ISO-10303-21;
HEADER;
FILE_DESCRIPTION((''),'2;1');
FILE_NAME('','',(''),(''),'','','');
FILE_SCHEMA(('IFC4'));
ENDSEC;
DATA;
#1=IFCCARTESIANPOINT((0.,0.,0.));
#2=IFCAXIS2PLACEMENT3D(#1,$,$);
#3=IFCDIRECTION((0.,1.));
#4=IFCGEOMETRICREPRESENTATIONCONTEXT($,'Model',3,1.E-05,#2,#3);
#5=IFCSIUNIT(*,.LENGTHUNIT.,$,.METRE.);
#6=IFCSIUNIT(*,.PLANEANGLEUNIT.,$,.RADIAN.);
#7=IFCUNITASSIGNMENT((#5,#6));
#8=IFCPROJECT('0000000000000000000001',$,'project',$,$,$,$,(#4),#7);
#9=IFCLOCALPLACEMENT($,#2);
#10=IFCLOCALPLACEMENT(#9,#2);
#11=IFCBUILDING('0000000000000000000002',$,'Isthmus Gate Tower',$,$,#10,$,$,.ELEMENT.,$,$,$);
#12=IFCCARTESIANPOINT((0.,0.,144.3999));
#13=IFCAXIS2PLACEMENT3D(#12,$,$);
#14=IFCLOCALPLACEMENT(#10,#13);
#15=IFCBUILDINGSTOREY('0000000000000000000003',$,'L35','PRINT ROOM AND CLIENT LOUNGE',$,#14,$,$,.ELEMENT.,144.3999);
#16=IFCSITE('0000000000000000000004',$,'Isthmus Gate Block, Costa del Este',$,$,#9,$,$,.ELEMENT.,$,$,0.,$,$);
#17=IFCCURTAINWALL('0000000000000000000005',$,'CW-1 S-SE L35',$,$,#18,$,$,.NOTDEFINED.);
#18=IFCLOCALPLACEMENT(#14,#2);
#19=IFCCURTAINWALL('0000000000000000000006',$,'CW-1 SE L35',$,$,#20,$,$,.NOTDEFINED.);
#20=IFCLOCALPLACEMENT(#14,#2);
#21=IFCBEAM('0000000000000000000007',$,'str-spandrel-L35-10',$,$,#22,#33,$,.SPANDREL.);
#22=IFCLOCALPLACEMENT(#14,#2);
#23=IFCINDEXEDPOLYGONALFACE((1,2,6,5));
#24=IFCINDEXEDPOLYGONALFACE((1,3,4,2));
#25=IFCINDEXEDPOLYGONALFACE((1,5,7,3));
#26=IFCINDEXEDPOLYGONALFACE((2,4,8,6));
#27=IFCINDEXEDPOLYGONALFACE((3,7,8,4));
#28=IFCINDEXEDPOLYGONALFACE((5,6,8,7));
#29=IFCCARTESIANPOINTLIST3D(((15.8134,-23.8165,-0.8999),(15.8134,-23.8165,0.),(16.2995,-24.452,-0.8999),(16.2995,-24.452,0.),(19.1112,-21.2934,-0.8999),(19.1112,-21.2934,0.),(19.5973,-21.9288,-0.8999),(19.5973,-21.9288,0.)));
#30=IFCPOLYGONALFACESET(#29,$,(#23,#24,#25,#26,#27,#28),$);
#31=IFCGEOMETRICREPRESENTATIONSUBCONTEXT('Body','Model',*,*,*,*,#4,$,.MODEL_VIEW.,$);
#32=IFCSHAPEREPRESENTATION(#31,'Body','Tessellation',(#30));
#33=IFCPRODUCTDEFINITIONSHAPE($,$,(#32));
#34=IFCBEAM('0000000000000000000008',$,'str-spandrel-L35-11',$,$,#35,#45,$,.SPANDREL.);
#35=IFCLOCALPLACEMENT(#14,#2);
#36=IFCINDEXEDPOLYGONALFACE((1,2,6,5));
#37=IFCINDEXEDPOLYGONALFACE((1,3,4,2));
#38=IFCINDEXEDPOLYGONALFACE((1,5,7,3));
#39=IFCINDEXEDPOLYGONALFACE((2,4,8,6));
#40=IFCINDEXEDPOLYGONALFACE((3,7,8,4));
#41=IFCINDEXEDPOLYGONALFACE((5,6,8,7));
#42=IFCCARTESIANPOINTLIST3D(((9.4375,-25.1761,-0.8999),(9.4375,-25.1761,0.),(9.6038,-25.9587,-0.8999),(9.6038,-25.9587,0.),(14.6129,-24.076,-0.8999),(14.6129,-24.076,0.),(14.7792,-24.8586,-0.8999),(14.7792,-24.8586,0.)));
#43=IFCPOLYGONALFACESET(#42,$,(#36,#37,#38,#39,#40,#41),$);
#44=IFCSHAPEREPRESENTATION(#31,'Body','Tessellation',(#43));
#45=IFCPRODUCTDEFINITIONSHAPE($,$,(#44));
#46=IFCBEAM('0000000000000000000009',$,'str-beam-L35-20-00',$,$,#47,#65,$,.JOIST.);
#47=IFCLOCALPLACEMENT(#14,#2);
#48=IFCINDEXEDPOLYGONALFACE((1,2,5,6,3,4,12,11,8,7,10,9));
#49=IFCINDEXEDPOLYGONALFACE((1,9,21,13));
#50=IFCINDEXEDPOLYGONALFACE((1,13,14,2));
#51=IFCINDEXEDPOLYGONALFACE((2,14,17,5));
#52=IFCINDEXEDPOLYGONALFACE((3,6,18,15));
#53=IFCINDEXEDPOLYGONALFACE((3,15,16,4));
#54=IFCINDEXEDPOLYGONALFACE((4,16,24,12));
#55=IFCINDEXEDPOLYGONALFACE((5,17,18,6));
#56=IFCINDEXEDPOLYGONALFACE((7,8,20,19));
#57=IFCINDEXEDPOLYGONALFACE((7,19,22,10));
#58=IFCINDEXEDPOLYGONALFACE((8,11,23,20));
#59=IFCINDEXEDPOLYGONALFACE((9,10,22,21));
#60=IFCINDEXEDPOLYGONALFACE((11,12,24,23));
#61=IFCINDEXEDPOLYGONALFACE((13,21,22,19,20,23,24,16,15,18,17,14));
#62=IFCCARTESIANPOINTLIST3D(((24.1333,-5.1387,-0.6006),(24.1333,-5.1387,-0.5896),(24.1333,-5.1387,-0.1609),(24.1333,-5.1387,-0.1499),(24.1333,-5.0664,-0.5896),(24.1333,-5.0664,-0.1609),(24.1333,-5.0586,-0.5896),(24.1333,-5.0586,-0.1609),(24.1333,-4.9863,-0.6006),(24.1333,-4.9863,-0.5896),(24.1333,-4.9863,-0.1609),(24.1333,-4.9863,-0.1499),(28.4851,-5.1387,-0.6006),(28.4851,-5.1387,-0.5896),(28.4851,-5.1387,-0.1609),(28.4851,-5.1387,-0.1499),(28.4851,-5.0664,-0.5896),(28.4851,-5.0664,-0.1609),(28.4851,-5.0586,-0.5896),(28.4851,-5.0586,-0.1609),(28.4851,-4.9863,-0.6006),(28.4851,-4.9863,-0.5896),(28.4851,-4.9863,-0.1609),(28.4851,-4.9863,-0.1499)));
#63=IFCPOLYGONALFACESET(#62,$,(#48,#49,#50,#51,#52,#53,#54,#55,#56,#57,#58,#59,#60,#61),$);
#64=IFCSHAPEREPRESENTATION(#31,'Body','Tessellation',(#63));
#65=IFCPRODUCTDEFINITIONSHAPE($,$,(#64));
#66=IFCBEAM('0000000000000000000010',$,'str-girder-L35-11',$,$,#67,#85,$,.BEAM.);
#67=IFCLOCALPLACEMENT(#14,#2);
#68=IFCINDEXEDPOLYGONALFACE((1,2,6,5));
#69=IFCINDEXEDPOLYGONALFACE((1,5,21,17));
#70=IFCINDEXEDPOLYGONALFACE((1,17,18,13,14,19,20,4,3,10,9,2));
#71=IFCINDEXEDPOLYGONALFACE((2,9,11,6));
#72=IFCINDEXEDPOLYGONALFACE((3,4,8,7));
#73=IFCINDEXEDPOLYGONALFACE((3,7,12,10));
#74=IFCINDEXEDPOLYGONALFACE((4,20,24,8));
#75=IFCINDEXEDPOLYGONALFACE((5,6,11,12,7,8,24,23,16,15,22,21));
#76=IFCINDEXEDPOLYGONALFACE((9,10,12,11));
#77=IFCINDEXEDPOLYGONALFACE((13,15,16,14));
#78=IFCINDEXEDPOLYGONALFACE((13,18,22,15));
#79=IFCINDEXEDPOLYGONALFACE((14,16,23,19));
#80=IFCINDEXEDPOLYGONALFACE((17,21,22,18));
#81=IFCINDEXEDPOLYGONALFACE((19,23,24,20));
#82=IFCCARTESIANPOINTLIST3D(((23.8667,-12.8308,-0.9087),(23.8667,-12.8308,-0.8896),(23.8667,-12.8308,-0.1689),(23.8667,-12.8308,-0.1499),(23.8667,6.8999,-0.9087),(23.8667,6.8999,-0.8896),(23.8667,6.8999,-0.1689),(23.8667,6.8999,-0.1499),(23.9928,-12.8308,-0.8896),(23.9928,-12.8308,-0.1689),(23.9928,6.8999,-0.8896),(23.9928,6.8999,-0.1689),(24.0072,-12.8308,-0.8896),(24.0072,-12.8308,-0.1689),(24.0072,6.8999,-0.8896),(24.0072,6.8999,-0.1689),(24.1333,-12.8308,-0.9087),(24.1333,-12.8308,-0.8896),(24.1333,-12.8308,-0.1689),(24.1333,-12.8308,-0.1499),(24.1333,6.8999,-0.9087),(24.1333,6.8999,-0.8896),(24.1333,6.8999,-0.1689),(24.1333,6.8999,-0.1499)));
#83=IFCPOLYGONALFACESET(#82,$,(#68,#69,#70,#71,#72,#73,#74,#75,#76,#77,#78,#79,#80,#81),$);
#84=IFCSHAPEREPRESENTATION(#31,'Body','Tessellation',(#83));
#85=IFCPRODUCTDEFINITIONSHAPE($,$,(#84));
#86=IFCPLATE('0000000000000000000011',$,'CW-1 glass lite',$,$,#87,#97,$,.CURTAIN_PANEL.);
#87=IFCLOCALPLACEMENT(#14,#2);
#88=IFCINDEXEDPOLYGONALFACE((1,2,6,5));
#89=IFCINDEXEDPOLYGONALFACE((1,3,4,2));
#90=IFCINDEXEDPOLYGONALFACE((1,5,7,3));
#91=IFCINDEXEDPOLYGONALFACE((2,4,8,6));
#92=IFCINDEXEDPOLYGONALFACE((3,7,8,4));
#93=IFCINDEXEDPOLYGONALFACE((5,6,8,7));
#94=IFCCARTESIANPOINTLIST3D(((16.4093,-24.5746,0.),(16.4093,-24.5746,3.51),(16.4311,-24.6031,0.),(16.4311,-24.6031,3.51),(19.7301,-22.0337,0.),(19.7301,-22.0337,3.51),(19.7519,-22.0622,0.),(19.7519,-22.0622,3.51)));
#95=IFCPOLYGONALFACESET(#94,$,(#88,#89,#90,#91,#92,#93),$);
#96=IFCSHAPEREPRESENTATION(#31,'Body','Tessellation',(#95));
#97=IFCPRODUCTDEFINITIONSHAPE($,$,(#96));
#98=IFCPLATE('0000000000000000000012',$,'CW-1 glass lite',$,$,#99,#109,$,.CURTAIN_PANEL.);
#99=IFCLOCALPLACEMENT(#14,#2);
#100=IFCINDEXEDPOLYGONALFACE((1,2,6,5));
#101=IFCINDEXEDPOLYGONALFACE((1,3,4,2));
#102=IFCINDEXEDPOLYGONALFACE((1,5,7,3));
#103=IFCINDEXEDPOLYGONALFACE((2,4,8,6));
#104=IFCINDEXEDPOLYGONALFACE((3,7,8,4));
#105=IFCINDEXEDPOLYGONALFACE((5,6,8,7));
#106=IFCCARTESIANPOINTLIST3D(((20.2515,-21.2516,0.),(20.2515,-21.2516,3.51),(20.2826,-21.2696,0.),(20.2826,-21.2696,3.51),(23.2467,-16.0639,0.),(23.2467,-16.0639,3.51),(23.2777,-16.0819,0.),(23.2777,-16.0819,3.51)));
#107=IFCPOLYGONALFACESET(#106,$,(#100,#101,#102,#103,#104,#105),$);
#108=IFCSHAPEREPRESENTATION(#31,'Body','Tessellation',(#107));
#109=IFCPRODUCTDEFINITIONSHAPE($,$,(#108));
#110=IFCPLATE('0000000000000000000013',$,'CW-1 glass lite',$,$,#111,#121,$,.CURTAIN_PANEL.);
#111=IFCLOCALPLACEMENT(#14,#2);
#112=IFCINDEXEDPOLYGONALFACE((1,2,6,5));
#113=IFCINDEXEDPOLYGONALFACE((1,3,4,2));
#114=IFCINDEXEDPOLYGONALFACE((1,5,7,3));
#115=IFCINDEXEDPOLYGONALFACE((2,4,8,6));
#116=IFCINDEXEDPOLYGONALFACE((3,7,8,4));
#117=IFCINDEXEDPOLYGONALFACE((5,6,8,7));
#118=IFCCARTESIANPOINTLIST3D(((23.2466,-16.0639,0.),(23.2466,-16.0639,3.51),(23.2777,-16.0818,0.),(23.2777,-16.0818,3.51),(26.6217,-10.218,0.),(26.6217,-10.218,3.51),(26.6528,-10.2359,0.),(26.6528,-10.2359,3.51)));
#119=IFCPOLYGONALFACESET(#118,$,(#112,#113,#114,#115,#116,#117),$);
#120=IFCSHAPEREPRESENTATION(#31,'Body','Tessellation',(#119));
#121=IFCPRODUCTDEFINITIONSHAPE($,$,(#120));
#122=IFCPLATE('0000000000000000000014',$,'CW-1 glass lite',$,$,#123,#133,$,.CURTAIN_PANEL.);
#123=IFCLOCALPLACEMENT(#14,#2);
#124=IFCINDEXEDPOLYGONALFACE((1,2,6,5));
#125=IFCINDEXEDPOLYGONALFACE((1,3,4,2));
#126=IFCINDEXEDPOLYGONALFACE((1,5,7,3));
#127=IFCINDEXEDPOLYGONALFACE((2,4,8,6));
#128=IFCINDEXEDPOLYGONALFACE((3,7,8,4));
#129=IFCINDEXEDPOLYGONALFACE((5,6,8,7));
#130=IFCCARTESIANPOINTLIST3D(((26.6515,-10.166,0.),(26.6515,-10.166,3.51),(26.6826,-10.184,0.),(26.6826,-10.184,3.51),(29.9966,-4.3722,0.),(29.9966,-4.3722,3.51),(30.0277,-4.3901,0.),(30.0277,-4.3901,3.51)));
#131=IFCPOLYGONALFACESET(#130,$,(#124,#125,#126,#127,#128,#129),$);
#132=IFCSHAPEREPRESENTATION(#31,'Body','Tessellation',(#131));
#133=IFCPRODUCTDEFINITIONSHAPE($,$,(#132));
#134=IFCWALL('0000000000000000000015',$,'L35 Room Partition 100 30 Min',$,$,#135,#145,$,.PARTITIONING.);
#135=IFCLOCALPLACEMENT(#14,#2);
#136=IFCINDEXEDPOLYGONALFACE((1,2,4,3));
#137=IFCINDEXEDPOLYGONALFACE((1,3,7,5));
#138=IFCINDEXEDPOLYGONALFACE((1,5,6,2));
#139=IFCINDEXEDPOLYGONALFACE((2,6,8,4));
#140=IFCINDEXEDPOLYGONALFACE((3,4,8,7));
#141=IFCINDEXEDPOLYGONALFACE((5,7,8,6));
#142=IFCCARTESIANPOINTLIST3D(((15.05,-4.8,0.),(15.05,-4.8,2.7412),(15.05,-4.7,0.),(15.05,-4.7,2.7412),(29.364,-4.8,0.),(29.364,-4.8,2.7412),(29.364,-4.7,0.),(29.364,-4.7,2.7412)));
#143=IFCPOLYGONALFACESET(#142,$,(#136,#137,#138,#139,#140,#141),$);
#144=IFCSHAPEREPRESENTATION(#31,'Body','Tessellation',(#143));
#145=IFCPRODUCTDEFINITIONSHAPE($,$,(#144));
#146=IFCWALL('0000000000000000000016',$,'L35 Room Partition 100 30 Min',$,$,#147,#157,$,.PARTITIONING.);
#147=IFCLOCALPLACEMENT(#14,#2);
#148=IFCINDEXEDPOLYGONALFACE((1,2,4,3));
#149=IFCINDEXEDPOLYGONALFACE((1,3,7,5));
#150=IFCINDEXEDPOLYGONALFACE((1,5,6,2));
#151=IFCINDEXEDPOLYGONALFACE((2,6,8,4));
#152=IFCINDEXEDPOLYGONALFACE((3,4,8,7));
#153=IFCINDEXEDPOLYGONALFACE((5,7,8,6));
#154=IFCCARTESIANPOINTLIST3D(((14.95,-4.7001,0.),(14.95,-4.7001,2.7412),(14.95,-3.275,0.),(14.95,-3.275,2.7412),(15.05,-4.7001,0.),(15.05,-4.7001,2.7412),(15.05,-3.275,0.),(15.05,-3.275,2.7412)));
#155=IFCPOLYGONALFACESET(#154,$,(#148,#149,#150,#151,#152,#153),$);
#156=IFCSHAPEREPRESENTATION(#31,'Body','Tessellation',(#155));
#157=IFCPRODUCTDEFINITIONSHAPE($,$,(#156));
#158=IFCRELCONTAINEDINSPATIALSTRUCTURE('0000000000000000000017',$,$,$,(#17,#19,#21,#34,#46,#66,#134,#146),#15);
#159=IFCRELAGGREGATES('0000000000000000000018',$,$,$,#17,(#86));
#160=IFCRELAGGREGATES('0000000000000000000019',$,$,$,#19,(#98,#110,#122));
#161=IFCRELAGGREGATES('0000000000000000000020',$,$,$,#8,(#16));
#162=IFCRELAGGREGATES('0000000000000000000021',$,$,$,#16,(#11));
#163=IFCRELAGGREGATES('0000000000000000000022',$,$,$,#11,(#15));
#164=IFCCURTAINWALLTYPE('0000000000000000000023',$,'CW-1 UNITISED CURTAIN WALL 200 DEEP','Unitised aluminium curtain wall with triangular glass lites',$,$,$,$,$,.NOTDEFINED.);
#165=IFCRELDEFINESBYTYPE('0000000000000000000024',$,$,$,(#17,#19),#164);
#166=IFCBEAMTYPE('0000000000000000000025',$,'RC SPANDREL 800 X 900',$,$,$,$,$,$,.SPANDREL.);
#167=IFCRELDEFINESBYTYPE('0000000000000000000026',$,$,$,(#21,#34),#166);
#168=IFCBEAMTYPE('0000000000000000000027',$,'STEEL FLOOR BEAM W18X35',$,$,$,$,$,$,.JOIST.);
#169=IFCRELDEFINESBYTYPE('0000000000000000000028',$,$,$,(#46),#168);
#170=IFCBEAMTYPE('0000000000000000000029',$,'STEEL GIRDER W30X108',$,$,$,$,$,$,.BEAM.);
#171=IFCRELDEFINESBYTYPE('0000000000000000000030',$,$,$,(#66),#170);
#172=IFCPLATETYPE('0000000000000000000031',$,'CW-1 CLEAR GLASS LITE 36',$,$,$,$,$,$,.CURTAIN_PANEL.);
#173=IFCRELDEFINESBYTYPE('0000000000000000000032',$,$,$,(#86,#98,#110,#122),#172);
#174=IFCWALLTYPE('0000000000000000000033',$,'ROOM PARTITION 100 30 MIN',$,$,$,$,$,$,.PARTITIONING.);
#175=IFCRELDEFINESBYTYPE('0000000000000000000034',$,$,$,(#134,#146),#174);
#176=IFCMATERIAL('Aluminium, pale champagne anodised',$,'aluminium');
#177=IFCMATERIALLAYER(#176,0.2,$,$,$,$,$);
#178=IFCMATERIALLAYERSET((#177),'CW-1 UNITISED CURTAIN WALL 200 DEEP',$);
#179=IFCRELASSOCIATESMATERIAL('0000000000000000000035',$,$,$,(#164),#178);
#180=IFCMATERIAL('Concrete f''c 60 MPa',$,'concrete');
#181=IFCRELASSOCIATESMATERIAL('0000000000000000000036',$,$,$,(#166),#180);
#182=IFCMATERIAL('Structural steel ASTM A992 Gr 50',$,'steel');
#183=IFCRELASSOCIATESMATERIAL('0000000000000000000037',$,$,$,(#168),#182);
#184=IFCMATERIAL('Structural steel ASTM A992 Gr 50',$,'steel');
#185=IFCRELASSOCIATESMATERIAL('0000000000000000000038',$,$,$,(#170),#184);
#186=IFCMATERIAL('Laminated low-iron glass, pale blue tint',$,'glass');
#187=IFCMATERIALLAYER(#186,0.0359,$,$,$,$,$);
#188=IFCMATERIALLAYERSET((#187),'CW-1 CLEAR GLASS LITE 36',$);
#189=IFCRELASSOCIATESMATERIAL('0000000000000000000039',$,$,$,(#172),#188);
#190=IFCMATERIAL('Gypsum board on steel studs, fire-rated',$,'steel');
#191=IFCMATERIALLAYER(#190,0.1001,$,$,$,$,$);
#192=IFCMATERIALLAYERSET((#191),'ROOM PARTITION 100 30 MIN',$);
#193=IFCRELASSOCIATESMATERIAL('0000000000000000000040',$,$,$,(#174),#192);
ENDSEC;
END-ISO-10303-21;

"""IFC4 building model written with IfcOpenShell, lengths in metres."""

from ifc_helpers import new_model, si_unit, direction, frame, frame_2d, origin, origin_2d, place, context, subcontext, project, spatial, rectangle, i_section, extrude, material, layer, layer_set, material_profile, profile_set, type_object, element, aggregate, save


model = new_model("IFC4")

# Units and contexts
model_context = context("Model", 3, precision=1e-05, world=origin(), true_north=direction((0.0, 1.0)))
body_context = subcontext(model_context, "Body", "Model", "MODEL_VIEW")
ifc_project = project(units=[si_unit("LENGTHUNIT", "METRE"), si_unit("PLANEANGLEUNIT", "RADIAN")], contexts=[model_context])

# Site, building, storey
site_placement = place(None, origin())
site = spatial("IfcSite", under=ifc_project, at=site_placement, Name="Isthmus Gate Block, Costa del Este", CompositionType="ELEMENT", RefElevation=0.0)
building_placement = place(site_placement, origin())
building = spatial("IfcBuilding", under=site, at=building_placement, Name="Isthmus Gate Tower", CompositionType="ELEMENT")
storey_placement = place(building_placement, frame((0.0, 0.0, 144.3999)))
storey = spatial("IfcBuildingStorey", under=building, at=storey_placement, Name="L35", Description="PRINT ROOM AND CLIENT LOUNGE", CompositionType="ELEMENT", Elevation=144.3999)

# Curtain wall
ifc_material_1 = material(Name="Aluminium, pale champagne anodised", Category="aluminium")
ifc_layer_1 = layer(ifc_material_1, 0.2)
ifc_layer_set_1 = layer_set([ifc_layer_1], Name="CW-1 UNITISED CURTAIN WALL 200 DEEP")
curtain_wall_type = type_object("IfcCurtainWallType", Name="CW-1 UNITISED CURTAIN WALL 200 DEEP", Description="Unitised aluminium curtain wall with triangular glass lites", PredefinedType="NOTDEFINED", material=ifc_layer_set_1)
curtain_wall_1_placement = place(storey_placement, origin())
curtain_wall_1 = element("IfcCurtainWall", 1, at=curtain_wall_1_placement, inside=storey, type_object=curtain_wall_type, Name="CW-1 S-SE L35", PredefinedType="NOTDEFINED")

# Curtain wall
curtain_wall_2_placement = place(storey_placement, origin())
curtain_wall_2 = element("IfcCurtainWall", 2, at=curtain_wall_2_placement, inside=storey, type_object=curtain_wall_type, Name="CW-1 SE L35", PredefinedType="NOTDEFINED")

# Beams
ifc_material_2 = material(Name="Concrete f'c 60 MPa", Category="concrete")
ifc_material_profile_1 = material_profile(ifc_material_2, rectangle(XDim=0.8, YDim=0.8999, at=origin_2d()), Name="RC 800X900")
ifc_profile_set_1 = profile_set([ifc_material_profile_1], Name="Concrete f'c 60 MPa")
beam_type_1 = type_object("IfcBeamType", Name="RC SPANDREL 800 X 900", PredefinedType="SPANDREL", material=ifc_profile_set_1)
beam_1_placement = place(storey_placement, frame((19.3542, -21.6111, -0.45), z_axis=(-0.794206, -0.607649, 0.0), x_axis=(0.607649, -0.794206, 0.0)))
element("IfcBeam", 3, at=beam_1_placement, inside=storey, type_object=beam_type_1, Name="str-spandrel-L35-10", PredefinedType="SPANDREL", context=body_context, shape_type="SweptSolid", body=[
    extrude(rectangle(XDim=0.8, YDim=0.8999, at=origin_2d()), origin(), (0.0, 0.0, 1.0), 4.1523),
])
beam_2_placement = place(storey_placement, frame((14.696, -24.4673, -0.45), z_axis=(-0.978145, -0.207922, 0.0), x_axis=(0.207922, -0.978145, 0.0)))
element("IfcBeam", 4, at=beam_2_placement, inside=storey, type_object=beam_type_1, Name="str-spandrel-L35-11", PredefinedType="SPANDREL", context=body_context, shape_type="SweptSolid", body=[
    extrude(rectangle(XDim=0.8, YDim=0.8999, at=origin_2d()), origin(), (0.0, 0.0, 1.0), 5.291),
])
ifc_material_3 = material(Name="Structural steel ASTM A992 Gr 50", Category="steel")
ifc_material_profile_2 = material_profile(ifc_material_3, i_section(OverallWidth=0.1523, OverallDepth=0.4507, WebThickness=0.0078, FlangeThickness=0.011, at=origin_2d()), Name="W18X35")
ifc_profile_set_2 = profile_set([ifc_material_profile_2], Name="Structural steel ASTM A992 Gr 50")
beam_type_2 = type_object("IfcBeamType", Name="STEEL FLOOR BEAM W18X35", PredefinedType="JOIST", material=ifc_profile_set_2)
beam_3_placement = place(storey_placement, frame((24.1333, -5.0625, -0.3752), z_axis=(1.0, 0.0, 0.0), x_axis=(0.0, 1.0, 0.0)))
element("IfcBeam", 5, at=beam_3_placement, inside=storey, type_object=beam_type_2, Name="str-beam-L35-20-00", PredefinedType="JOIST", context=body_context, shape_type="SweptSolid", body=[
    extrude(i_section(OverallWidth=0.1523, OverallDepth=0.4507, WebThickness=0.0078, FlangeThickness=0.011, at=origin_2d()), origin(), (0.0, 0.0, 1.0), 4.3518),
])
ifc_material_4 = material(Name="Structural steel ASTM A992 Gr 50", Category="steel")
ifc_material_profile_3 = material_profile(ifc_material_4, i_section(OverallWidth=0.2666, OverallDepth=0.7588, WebThickness=0.0144, FlangeThickness=0.019, at=origin_2d()), Name="W30X108")
ifc_profile_set_3 = profile_set([ifc_material_profile_3], Name="Structural steel ASTM A992 Gr 50")
beam_type_3 = type_object("IfcBeamType", Name="STEEL GIRDER W30X108", PredefinedType="BEAM", material=ifc_profile_set_3)
beam_4_placement = place(storey_placement, frame((24.0, -12.8308, -0.5293), z_axis=(0.0, 1.0, 0.0), x_axis=(-1.0, 0.0, 0.0)))
element("IfcBeam", 6, at=beam_4_placement, inside=storey, type_object=beam_type_3, Name="str-girder-L35-11", PredefinedType="BEAM", context=body_context, shape_type="SweptSolid", body=[
    extrude(i_section(OverallWidth=0.2666, OverallDepth=0.7588, WebThickness=0.0144, FlangeThickness=0.019, at=origin_2d()), origin(), (0.0, 0.0, 1.0), 19.7307),
])

# Plates
ifc_material_5 = material(Name="Laminated low-iron glass, pale blue tint", Category="glass")
ifc_layer_2 = layer(ifc_material_5, 0.0359)
ifc_layer_set_2 = layer_set([ifc_layer_2], Name="CW-1 CLEAR GLASS LITE 36")
plate_type = type_object("IfcPlateType", Name="CW-1 CLEAR GLASS LITE 36", PredefinedType="CURTAIN_PANEL", material=ifc_layer_set_2)
plate_1_placement = place(storey_placement, frame((18.0806, -23.3184, 0.0), z_axis=(0.0, 0.0, 1.0), x_axis=(0.794189, 0.607671, 0.0)))
plate_1 = element("IfcPlate", 7, at=plate_1_placement, type_object=plate_type, Name="CW-1 glass lite", PredefinedType="CURTAIN_PANEL", context=body_context, shape_type="SweptSolid", body=[
    extrude(rectangle(XDim=4.1814, YDim=0.0359, at=origin_2d()), origin(), (0.0, 0.0, 1.0), 3.51),
])
aggregate(curtain_wall_1, [plate_1])
plate_2_placement = place(storey_placement, frame((21.7646, -18.6667, 0.0), z_axis=(0.0, 0.0, 1.0), x_axis=(0.5, 0.866025, 0.0)))
plate_2 = element("IfcPlate", 8, at=plate_2_placement, type_object=plate_type, Name="CW-1 glass lite", PredefinedType="CURTAIN_PANEL", context=body_context, shape_type="SweptSolid", body=[
    extrude(rectangle(XDim=5.9902, YDim=0.0359, at=origin_2d()), origin(), (0.0, 0.0, 1.0), 3.51),
])
plate_3_placement = place(storey_placement, frame((24.9497, -13.1499, 0.0), z_axis=(0.0, 0.0, 1.0), x_axis=(0.5, 0.866025, 0.0)))
plate_3 = element("IfcPlate", 9, at=plate_3_placement, type_object=plate_type, Name="CW-1 glass lite", PredefinedType="CURTAIN_PANEL", context=body_context, shape_type="SweptSolid", body=[
    extrude(rectangle(XDim=6.7502, YDim=0.0359, at=origin_2d()), origin(), (0.0, 0.0, 1.0), 3.51),
])
plate_4_placement = place(storey_placement, frame((28.3396, -7.2781, 0.0), z_axis=(0.0, 0.0, 1.0), x_axis=(0.5, 0.866025, 0.0)))
plate_4 = element("IfcPlate", 10, at=plate_4_placement, type_object=plate_type, Name="CW-1 glass lite", PredefinedType="CURTAIN_PANEL", context=body_context, shape_type="SweptSolid", body=[
    extrude(rectangle(XDim=6.6902, YDim=0.0359, at=origin_2d()), origin(), (0.0, 0.0, 1.0), 3.51),
])
aggregate(curtain_wall_2, [plate_2, plate_3, plate_4])

# Walls
ifc_material_6 = material(Name="Gypsum board on steel studs, fire-rated", Category="steel")
ifc_layer_3 = layer(ifc_material_6, 0.1001)
ifc_layer_set_3 = layer_set([ifc_layer_3], Name="ROOM PARTITION 100 30 MIN")
wall_type = type_object("IfcWallType", Name="ROOM PARTITION 100 30 MIN", PredefinedType="PARTITIONING", material=ifc_layer_set_3)
wall_1_placement = place(storey_placement, frame((15.05, -4.75, 0.0), z_axis=(0.0, 0.0, 1.0), x_axis=(1.0, 0.0, 0.0)))
element("IfcWall", 11, at=wall_1_placement, inside=storey, type_object=wall_type, Name="L35 Room Partition 100 30 Min", PredefinedType="PARTITIONING", context=body_context, shape_type="SweptSolid", body=[
    extrude(rectangle(XDim=14.314, YDim=0.1001, at=frame_2d((7.157, 0.0))), origin(), (0.0, 0.0, 1.0), 2.7412),
])
wall_2_placement = place(storey_placement, frame((15.0, -4.7, 0.0), z_axis=(0.0, 0.0, 1.0), x_axis=(0.0, 1.0, 0.0)))
element("IfcWall", 12, at=wall_2_placement, inside=storey, type_object=wall_type, Name="L35 Room Partition 100 30 Min", PredefinedType="PARTITIONING", context=body_context, shape_type="SweptSolid", body=[
    extrude(rectangle(XDim=1.425, YDim=0.1001, at=frame_2d((0.7124, 0.0))), origin(), (0.0, 0.0, 1.0), 2.7412),
])

save(model, "model.ifc")
